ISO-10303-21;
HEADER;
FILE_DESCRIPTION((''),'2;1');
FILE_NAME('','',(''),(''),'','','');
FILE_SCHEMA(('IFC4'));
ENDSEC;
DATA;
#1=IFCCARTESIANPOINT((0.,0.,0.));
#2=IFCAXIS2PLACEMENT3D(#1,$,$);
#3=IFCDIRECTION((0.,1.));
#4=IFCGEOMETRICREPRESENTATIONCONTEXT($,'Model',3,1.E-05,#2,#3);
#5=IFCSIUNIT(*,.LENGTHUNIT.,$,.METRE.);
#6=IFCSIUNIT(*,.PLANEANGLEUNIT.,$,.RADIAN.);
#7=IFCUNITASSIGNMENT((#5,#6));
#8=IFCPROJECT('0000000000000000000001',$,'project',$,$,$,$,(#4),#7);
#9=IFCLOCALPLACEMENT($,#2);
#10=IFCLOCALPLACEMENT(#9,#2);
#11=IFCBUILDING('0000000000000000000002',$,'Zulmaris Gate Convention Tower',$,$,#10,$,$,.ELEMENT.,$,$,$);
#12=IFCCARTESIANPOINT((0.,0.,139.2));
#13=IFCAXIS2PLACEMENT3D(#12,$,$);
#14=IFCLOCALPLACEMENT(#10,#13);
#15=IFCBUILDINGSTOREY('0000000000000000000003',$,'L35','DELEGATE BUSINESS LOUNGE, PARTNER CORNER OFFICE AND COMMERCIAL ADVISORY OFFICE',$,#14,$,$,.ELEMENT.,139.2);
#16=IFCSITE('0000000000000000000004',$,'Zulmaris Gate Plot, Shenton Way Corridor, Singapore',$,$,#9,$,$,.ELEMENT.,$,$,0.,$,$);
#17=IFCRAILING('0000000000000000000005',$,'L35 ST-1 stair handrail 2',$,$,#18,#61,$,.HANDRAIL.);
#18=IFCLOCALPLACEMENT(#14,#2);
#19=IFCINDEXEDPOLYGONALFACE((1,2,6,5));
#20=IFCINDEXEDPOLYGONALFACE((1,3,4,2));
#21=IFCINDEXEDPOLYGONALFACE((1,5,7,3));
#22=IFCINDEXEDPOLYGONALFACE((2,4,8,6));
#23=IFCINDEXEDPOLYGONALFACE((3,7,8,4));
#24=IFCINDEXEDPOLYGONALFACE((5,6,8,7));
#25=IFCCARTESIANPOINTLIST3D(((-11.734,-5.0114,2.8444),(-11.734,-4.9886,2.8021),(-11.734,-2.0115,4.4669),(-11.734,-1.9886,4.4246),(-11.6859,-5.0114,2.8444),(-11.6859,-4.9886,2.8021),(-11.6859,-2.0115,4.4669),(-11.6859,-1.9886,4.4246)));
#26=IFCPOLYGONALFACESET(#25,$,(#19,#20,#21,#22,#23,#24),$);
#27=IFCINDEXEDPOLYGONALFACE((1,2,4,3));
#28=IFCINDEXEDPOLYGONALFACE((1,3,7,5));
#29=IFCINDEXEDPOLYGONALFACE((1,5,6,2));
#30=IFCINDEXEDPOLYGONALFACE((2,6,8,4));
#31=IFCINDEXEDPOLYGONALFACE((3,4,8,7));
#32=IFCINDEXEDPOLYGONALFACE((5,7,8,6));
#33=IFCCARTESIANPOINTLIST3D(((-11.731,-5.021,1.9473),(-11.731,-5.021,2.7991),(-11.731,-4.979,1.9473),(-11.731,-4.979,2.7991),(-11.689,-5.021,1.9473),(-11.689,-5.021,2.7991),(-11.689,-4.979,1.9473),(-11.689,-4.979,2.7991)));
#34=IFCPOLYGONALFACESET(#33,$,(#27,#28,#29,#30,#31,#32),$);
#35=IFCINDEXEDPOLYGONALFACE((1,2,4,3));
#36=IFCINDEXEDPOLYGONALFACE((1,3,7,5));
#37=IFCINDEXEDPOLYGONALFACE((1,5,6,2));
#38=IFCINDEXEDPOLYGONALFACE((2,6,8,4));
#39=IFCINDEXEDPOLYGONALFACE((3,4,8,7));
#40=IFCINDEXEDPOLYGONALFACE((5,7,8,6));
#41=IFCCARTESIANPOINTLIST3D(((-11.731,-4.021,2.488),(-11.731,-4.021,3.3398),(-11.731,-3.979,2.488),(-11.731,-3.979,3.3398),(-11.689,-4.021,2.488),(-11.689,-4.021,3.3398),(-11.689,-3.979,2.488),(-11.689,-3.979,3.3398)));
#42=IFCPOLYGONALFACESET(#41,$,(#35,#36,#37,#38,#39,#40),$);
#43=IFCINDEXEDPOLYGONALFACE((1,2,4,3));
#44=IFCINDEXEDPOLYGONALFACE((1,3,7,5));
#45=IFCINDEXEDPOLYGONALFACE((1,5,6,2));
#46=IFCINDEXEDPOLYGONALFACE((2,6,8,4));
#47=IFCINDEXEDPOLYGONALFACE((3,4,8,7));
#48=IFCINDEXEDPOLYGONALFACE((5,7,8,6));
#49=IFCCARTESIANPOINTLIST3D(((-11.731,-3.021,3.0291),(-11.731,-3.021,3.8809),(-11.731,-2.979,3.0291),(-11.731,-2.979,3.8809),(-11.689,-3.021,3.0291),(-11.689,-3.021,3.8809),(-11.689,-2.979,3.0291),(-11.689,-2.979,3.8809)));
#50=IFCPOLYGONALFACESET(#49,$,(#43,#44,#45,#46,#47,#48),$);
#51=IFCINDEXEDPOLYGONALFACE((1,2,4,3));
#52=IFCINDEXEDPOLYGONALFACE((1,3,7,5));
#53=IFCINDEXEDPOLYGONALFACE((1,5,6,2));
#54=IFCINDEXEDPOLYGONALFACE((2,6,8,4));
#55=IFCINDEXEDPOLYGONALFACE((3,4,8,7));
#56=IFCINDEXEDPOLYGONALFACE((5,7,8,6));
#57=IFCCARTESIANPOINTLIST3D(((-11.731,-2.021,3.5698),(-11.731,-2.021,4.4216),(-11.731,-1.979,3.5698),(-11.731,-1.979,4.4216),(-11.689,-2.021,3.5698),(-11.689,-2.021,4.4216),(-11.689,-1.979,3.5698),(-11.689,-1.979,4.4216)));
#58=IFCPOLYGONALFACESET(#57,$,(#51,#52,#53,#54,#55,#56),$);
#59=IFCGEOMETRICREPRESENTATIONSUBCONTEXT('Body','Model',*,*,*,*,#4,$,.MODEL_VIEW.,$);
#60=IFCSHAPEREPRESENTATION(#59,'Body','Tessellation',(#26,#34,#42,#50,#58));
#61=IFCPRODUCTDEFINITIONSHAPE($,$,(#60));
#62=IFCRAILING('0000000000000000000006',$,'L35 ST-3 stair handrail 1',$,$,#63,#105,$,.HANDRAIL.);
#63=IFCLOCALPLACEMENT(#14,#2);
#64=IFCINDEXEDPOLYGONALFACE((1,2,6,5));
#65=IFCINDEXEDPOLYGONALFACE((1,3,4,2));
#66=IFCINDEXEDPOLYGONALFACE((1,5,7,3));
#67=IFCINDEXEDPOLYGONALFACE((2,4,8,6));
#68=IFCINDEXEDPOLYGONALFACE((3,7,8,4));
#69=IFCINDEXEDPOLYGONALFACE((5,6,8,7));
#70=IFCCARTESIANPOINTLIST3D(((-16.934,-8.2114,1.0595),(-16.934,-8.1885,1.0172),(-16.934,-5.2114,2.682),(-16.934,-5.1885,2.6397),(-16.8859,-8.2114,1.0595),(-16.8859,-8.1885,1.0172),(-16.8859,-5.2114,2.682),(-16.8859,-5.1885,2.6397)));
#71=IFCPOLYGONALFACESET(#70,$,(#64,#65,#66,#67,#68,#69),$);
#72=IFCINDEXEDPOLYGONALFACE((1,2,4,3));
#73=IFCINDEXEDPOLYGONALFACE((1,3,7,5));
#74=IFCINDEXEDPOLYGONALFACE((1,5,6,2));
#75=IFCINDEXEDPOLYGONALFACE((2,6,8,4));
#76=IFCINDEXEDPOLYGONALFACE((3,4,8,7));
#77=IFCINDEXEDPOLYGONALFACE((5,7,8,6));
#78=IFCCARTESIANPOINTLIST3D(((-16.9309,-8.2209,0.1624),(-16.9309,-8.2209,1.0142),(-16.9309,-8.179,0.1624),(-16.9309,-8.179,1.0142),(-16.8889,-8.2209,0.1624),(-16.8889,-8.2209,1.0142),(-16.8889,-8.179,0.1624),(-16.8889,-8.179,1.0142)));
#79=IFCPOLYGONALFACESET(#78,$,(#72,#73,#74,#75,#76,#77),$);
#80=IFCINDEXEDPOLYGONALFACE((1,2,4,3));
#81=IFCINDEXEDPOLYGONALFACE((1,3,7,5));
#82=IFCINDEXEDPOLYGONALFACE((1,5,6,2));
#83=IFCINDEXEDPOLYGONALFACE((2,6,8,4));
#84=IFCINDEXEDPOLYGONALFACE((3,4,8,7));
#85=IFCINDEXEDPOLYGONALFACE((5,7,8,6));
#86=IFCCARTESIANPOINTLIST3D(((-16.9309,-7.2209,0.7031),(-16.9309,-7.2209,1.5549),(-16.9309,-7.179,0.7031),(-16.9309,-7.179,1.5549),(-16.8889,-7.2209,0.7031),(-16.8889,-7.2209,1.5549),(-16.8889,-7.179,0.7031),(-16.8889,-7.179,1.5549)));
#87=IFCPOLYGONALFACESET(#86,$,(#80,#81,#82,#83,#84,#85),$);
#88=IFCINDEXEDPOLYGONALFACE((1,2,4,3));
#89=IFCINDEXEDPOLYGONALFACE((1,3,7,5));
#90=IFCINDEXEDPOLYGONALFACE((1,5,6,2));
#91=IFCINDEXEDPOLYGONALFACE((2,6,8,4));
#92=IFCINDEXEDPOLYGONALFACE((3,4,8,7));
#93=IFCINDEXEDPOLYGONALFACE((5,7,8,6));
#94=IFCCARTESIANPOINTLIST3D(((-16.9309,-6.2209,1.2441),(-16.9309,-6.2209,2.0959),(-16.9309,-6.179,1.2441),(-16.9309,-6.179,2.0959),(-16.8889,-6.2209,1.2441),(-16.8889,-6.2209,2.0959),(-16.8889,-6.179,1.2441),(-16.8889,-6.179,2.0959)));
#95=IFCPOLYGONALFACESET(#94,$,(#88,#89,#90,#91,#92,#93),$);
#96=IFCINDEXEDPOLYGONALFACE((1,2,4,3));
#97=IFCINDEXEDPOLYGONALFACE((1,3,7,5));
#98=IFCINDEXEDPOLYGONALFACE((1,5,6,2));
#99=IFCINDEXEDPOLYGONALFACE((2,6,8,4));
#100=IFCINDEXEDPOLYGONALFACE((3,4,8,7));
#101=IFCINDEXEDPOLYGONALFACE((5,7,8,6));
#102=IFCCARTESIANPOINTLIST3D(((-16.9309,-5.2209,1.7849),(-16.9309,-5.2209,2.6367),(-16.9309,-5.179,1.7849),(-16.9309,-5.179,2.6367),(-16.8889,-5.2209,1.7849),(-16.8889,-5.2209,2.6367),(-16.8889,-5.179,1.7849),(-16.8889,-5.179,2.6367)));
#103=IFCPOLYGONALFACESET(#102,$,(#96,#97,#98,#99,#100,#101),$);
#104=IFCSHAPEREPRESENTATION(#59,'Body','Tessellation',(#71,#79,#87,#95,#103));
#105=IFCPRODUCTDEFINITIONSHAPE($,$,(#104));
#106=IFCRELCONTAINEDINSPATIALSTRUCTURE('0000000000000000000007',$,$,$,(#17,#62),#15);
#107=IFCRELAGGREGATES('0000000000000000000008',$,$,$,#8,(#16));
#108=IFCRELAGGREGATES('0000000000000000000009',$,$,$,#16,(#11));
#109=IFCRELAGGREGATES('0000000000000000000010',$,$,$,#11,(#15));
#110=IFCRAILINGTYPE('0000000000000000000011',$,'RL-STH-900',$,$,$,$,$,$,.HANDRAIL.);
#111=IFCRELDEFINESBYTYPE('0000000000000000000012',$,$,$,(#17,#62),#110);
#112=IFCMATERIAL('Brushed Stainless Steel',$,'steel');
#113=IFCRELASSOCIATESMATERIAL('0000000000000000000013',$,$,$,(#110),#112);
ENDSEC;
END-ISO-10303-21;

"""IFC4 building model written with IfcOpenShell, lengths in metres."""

from ifc_helpers import new_model, si_unit, direction, frame, origin, origin_2d, place, context, subcontext, project, spatial, rectangle, extrude, material, type_object, element, save


model = new_model("IFC4")

# Units and contexts
model_context = context("Model", 3, precision=1e-05, world=origin(), true_north=direction((0.0, 1.0)))
body_context = subcontext(model_context, "Body", "Model", "MODEL_VIEW")
ifc_project = project(units=[si_unit("LENGTHUNIT", "METRE"), si_unit("PLANEANGLEUNIT", "RADIAN")], contexts=[model_context])

# Site, building, storey
site_placement = place(None, origin())
site = spatial("IfcSite", under=ifc_project, at=site_placement, Name="Zulmaris Gate Plot, Shenton Way Corridor, Singapore", CompositionType="ELEMENT", RefElevation=0.0)
building_placement = place(site_placement, origin())
building = spatial("IfcBuilding", under=site, at=building_placement, Name="Zulmaris Gate Convention Tower", CompositionType="ELEMENT")
storey_placement = place(building_placement, frame((0.0, 0.0, 139.2)))
storey = spatial("IfcBuildingStorey", under=building, at=storey_placement, Name="L35", Description="DELEGATE BUSINESS LOUNGE, PARTNER CORNER OFFICE AND COMMERCIAL ADVISORY OFFICE", CompositionType="ELEMENT", Elevation=139.2)

# Railings
ifc_material_1 = material(Name="Brushed Stainless Steel", Category="steel")
railing_type_1 = type_object("IfcRailingType", Name="RL-STH-900", PredefinedType="HANDRAIL", material=ifc_material_1)
for number, where, name in (
    (1, (-11.71, -5.0, 1.9473), "L35 ST-1 stair handrail 2"),
    (2, (-16.9099, -8.2, 0.1624), "L35 ST-3 stair handrail 1"),
):
    element("IfcRailing", number, at=place(storey_placement, frame(where)), inside=storey, type_object=railing_type_1, Name=name, PredefinedType="HANDRAIL", context=body_context, shape_type="SweptSolid", body=[
        extrude(rectangle(XDim=0.0481, YDim=0.0481, at=origin_2d()), frame((0.0, 0.0, 0.876), z_axis=(0.0, 0.879592, 0.47573), x_axis=(-1.0, 0.0, 0.0)), (0.0, 0.0, 1.0), 3.4106),
        extrude(rectangle(XDim=0.042, YDim=0.042, at=origin_2d()), origin(), (0.0, 0.0, 1.0), 0.8518),
        extrude(rectangle(XDim=0.042, YDim=0.042, at=origin_2d()), frame((0.0, 1.0, 0.5408)), (0.0, 0.0, 1.0), 0.8518),
        extrude(rectangle(XDim=0.042, YDim=0.042, at=origin_2d()), frame((0.0, 2.0, 1.0818)), (0.0, 0.0, 1.0), 0.8518),
        extrude(rectangle(XDim=0.042, YDim=0.042, at=origin_2d()), frame((0.0, 3.0, 1.6226)), (0.0, 0.0, 1.0), 0.8518),
    ])

save(model, "model.ifc")
